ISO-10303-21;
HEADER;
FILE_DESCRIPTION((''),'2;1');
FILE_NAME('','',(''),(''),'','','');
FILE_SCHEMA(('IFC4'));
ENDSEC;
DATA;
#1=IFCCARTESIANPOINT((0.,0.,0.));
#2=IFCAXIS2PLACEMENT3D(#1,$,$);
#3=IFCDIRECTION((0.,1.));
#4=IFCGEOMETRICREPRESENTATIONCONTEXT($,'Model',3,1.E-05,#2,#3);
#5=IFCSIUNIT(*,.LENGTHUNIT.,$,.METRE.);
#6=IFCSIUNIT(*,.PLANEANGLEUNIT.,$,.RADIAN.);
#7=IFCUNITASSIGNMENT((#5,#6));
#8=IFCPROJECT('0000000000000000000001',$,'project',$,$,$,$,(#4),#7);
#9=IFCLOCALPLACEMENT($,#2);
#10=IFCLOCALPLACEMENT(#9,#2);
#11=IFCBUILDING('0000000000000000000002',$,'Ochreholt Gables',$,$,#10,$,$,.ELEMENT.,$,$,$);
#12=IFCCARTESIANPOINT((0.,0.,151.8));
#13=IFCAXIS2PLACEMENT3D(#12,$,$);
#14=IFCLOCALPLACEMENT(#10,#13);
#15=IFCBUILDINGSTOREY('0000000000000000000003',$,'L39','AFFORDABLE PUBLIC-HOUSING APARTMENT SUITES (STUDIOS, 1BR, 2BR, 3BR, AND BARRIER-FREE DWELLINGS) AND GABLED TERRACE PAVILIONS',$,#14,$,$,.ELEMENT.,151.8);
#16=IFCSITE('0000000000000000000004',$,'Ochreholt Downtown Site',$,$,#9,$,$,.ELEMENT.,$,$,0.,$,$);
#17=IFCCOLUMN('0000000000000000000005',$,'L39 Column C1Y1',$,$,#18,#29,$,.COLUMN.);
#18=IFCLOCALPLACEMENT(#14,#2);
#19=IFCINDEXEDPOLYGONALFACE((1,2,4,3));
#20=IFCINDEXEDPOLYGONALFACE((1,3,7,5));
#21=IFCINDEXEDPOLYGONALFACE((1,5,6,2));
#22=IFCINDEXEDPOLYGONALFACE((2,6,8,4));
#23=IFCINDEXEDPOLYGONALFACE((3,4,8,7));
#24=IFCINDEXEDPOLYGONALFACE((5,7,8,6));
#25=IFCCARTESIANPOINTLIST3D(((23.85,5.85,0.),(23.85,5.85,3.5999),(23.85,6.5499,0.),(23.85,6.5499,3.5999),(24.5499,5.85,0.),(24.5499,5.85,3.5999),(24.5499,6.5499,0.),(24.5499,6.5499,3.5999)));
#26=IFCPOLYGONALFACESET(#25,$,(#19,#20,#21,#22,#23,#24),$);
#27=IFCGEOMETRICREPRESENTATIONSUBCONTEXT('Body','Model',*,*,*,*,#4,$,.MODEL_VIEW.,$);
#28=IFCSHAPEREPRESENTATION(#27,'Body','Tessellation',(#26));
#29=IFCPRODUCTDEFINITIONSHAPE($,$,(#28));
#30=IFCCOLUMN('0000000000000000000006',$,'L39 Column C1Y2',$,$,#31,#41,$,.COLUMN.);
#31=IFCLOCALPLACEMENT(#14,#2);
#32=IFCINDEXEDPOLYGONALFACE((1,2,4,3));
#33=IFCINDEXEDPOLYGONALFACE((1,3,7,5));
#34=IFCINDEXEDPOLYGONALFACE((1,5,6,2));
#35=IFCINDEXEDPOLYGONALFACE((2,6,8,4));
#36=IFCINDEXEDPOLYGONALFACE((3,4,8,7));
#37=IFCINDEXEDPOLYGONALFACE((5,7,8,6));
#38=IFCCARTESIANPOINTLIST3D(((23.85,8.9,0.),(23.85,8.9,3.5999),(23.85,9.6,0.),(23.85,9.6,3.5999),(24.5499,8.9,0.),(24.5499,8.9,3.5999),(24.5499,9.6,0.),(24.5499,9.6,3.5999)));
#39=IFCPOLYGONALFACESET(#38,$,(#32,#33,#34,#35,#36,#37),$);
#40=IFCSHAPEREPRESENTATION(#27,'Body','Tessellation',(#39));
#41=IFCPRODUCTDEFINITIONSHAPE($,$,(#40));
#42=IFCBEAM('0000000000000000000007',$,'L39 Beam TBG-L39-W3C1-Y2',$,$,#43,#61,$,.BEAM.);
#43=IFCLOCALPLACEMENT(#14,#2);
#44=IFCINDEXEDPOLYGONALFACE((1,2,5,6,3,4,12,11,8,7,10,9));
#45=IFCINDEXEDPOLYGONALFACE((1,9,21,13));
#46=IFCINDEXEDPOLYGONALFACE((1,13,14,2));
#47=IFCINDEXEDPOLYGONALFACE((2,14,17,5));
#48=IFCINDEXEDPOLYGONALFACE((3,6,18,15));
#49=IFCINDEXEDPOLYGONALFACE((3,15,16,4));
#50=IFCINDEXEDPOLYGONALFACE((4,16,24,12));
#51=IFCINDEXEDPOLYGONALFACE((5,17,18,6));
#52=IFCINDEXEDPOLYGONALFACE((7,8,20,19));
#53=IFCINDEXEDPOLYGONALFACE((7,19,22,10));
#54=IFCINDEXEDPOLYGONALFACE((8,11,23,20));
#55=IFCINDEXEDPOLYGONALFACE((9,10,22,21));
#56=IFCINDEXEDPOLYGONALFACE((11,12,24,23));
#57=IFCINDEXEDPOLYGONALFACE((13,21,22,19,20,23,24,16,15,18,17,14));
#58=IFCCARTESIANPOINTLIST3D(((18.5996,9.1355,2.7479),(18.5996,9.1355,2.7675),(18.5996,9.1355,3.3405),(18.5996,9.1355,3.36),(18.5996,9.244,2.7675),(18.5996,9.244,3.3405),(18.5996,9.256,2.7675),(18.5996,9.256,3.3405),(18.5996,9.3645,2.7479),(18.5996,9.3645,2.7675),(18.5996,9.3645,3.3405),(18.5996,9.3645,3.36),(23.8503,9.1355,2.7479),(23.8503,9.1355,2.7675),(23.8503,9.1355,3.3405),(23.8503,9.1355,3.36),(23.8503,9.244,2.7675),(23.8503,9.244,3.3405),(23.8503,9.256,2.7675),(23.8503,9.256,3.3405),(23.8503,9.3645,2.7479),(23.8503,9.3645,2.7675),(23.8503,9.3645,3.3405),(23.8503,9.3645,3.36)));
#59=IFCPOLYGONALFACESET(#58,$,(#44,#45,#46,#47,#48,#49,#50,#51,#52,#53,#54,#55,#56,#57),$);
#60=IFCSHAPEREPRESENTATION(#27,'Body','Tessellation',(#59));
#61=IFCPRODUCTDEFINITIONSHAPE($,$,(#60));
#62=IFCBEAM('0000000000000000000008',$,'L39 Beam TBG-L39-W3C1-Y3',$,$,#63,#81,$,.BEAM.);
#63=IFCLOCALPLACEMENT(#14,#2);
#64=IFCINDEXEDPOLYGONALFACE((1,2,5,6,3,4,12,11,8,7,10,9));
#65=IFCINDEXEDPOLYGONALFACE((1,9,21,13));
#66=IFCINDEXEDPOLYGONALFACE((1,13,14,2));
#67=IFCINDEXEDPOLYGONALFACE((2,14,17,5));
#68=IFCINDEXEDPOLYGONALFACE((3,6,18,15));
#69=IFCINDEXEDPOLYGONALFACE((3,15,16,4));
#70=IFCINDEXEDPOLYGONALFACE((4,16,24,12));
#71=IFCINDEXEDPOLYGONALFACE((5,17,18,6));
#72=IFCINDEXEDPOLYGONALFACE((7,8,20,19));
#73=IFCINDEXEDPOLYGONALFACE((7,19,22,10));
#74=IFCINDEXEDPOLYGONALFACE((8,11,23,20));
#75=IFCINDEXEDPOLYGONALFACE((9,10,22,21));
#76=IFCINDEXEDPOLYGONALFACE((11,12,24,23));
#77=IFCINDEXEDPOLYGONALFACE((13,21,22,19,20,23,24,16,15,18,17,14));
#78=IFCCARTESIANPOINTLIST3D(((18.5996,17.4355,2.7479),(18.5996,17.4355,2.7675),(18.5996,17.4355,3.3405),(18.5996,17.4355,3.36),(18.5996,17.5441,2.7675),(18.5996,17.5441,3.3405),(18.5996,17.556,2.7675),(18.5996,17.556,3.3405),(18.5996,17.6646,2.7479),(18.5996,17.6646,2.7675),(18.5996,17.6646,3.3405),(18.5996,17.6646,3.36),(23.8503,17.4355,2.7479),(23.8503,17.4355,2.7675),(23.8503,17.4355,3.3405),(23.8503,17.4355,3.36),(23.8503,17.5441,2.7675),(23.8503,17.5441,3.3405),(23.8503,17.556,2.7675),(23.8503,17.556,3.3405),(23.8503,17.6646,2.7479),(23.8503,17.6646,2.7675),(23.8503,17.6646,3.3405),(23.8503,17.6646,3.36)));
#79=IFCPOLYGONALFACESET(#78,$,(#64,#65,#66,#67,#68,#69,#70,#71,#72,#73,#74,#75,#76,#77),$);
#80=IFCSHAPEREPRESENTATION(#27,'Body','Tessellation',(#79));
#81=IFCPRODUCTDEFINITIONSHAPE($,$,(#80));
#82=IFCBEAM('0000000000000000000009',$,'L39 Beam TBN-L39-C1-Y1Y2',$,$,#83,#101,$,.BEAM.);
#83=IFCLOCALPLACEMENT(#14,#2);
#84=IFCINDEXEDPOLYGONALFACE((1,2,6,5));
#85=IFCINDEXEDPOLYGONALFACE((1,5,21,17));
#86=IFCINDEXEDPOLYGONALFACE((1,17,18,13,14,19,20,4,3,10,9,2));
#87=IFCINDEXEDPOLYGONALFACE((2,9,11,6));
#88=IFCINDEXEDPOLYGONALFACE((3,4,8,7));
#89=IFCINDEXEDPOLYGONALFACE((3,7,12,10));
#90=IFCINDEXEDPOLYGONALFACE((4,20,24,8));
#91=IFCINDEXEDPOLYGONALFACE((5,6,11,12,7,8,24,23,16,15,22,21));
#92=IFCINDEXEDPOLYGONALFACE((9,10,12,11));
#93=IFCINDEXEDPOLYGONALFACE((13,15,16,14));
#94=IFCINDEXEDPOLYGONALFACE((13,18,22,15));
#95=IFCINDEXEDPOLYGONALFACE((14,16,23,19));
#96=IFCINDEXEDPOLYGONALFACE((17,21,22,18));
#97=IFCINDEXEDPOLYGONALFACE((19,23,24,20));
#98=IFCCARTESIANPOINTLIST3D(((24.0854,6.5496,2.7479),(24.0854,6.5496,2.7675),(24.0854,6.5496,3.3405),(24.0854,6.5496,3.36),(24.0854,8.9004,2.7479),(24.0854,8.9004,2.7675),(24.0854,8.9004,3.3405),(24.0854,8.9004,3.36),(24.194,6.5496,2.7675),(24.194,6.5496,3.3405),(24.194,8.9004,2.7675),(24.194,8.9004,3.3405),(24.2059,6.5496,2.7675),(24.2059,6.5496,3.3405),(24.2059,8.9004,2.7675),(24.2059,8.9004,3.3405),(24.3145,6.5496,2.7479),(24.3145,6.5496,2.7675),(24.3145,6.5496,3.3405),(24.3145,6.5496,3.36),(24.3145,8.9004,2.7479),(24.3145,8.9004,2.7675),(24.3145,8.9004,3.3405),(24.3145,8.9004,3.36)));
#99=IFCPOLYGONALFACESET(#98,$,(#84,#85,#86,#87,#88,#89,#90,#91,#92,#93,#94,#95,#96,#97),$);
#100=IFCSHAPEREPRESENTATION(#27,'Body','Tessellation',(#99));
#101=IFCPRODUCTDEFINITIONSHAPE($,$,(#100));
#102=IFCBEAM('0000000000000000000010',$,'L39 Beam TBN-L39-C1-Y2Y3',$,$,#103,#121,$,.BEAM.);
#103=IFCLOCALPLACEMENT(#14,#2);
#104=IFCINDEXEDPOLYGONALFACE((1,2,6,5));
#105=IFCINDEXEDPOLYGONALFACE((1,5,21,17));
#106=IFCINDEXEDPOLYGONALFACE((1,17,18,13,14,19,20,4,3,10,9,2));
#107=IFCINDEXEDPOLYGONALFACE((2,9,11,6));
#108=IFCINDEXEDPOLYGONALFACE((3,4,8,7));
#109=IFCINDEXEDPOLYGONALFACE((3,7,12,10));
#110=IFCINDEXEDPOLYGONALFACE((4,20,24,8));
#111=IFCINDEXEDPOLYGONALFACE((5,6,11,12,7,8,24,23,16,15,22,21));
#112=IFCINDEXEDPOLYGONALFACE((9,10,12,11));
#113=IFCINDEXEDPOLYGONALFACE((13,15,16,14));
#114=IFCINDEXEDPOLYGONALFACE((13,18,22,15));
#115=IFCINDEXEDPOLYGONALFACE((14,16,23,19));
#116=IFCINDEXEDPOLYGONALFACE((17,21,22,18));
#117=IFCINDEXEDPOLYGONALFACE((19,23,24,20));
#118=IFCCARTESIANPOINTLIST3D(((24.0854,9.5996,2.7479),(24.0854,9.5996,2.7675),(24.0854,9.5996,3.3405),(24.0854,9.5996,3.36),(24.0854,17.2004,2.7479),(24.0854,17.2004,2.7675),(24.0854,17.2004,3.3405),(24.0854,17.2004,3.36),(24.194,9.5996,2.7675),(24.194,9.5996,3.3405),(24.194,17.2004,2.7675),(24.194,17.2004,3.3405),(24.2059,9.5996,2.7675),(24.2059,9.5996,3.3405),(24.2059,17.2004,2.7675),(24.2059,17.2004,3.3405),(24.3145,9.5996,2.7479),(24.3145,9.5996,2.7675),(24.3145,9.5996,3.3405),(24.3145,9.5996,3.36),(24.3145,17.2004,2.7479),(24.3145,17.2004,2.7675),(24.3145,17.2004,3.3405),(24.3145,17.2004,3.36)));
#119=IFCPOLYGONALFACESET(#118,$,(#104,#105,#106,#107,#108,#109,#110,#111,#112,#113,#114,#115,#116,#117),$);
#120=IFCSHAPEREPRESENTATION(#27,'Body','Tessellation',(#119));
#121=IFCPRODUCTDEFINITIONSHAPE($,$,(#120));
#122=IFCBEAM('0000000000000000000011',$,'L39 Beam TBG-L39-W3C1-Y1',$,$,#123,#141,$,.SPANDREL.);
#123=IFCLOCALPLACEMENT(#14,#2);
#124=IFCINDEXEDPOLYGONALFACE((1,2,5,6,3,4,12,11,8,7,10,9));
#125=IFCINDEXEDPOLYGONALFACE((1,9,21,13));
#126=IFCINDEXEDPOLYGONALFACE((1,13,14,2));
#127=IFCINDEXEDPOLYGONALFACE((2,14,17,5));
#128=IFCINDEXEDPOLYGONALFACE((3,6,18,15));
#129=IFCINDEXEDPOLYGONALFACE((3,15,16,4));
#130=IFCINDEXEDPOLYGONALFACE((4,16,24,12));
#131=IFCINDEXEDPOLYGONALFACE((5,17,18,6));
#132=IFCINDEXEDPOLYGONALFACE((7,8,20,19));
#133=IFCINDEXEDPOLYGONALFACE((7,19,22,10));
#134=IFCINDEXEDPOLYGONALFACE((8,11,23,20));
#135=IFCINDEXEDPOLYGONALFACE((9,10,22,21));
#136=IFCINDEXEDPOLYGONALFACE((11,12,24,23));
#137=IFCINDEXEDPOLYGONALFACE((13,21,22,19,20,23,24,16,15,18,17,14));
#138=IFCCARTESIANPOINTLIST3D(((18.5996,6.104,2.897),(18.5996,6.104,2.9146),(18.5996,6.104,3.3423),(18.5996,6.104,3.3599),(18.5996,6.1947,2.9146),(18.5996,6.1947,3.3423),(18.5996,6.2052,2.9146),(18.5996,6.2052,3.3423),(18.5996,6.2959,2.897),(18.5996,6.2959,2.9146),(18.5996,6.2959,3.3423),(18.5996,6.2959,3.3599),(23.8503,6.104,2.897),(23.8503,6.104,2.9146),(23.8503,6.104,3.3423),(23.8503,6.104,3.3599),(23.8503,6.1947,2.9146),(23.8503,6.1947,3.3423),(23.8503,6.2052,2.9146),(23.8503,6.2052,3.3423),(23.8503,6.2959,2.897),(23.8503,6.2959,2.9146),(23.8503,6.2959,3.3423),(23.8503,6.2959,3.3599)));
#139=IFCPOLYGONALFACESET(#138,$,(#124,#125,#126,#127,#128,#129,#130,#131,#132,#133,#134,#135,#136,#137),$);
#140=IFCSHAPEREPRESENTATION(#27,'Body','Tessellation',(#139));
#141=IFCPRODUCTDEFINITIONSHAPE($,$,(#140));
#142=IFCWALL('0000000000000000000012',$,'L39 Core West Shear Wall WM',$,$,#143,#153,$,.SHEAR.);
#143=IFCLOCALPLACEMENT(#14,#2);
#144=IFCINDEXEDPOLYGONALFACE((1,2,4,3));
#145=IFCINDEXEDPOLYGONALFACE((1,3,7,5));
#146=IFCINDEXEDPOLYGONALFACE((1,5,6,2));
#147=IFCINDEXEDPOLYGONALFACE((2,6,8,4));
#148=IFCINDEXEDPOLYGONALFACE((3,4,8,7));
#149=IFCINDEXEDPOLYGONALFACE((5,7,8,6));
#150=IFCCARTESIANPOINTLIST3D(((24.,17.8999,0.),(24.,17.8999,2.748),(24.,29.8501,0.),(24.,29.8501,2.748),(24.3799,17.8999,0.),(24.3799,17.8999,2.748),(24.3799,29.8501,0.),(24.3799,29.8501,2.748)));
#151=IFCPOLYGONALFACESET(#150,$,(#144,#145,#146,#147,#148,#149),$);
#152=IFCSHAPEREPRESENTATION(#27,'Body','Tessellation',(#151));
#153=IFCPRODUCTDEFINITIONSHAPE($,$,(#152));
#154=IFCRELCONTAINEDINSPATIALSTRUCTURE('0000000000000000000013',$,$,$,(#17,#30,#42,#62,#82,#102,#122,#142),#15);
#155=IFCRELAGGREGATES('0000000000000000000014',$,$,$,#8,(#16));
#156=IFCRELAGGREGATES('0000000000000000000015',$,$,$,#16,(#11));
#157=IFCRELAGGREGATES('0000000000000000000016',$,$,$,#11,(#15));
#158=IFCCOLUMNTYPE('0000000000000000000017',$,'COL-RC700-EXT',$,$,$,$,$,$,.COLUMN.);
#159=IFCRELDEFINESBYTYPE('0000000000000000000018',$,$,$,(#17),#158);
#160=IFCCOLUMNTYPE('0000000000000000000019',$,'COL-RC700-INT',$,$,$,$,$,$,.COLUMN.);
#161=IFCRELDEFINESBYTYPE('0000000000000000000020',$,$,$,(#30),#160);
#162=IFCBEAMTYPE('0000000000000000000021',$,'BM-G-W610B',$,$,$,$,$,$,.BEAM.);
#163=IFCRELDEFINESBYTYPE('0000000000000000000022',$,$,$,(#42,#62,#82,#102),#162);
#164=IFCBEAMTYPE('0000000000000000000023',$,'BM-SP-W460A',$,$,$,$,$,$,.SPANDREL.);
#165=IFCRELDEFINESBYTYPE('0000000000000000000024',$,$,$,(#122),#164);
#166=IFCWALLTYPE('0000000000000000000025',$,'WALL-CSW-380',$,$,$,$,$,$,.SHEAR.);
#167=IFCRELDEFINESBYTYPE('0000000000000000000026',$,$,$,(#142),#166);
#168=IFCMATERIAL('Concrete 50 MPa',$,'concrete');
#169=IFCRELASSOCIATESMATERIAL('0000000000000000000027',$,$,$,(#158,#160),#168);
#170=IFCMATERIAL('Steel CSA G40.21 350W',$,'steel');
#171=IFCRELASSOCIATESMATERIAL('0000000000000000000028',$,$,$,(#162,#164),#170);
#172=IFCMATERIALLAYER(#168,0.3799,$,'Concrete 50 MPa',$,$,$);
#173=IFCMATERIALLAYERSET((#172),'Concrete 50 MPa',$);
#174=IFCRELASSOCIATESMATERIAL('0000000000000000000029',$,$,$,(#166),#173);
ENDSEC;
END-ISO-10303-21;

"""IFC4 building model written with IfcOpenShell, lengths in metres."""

from ifc_helpers import new_model, si_unit, direction, frame, frame_2d, origin, origin_2d, place, context, subcontext, project, spatial, rectangle, i_section, extrude, material, layer, layer_set, material_profile, profile_set, type_object, element, save


model = new_model("IFC4")

# Units and contexts
model_context = context("Model", 3, precision=1e-05, world=origin(), true_north=direction((0.0, 1.0)))
body_context = subcontext(model_context, "Body", "Model", "MODEL_VIEW")
ifc_project = project(units=[si_unit("LENGTHUNIT", "METRE"), si_unit("PLANEANGLEUNIT", "RADIAN")], contexts=[model_context])

# Site, building, storey
site_placement = place(None, origin())
site = spatial("IfcSite", under=ifc_project, at=site_placement, Name="Ochreholt Downtown Site", CompositionType="ELEMENT", RefElevation=0.0)
building_placement = place(site_placement, origin())
building = spatial("IfcBuilding", under=site, at=building_placement, Name="Ochreholt Gables", CompositionType="ELEMENT")
storey_placement = place(building_placement, frame((0.0, 0.0, 151.8)))
storey = spatial("IfcBuildingStorey", under=building, at=storey_placement, Name="L39", Description="AFFORDABLE PUBLIC-HOUSING APARTMENT SUITES (STUDIOS, 1BR, 2BR, 3BR, AND BARRIER-FREE DWELLINGS) AND GABLED TERRACE PAVILIONS", CompositionType="ELEMENT", Elevation=151.8)

# Columns
ifc_material_1 = material(Name="Concrete 50 MPa", Category="concrete")
ifc_material_profile_1 = material_profile(ifc_material_1, rectangle(XDim=0.7, YDim=0.7, at=origin_2d()), Name="RC700X700")
ifc_profile_set_1 = profile_set([ifc_material_profile_1], Name="Concrete 50 MPa")
column_type_1 = type_object("IfcColumnType", Name="COL-RC700-EXT", PredefinedType="COLUMN", material=ifc_profile_set_1)
column_1_placement = place(storey_placement, frame((24.2, 6.2, 0.0), z_axis=(0.0, 0.0, 1.0), x_axis=(1.0, 0.0, 0.0)))
element("IfcColumn", 1, at=column_1_placement, inside=storey, type_object=column_type_1, Name="L39 Column C1Y1", PredefinedType="COLUMN", context=body_context, shape_type="SweptSolid", body=[
    extrude(rectangle(XDim=0.7, YDim=0.7, at=origin_2d()), origin(), (0.0, 0.0, 1.0), 3.5999),
])
ifc_material_profile_2 = material_profile(ifc_material_1, rectangle(XDim=0.7, YDim=0.7, at=origin_2d()), Name="RC700X700")
ifc_profile_set_2 = profile_set([ifc_material_profile_2], Name="Concrete 50 MPa")
column_type_2 = type_object("IfcColumnType", Name="COL-RC700-INT", PredefinedType="COLUMN", material=ifc_profile_set_2)
column_2_placement = place(storey_placement, frame((24.2, 9.25, 0.0), z_axis=(0.0, 0.0, 1.0), x_axis=(1.0, 0.0, 0.0)))
element("IfcColumn", 2, at=column_2_placement, inside=storey, type_object=column_type_2, Name="L39 Column C1Y2", PredefinedType="COLUMN", context=body_context, shape_type="SweptSolid", body=[
    extrude(rectangle(XDim=0.7, YDim=0.7, at=origin_2d()), origin(), (0.0, 0.0, 1.0), 3.5999),
])

# Beams
ifc_material_2 = material(Name="Steel CSA G40.21 350W", Category="steel")
ifc_material_profile_3 = material_profile(ifc_material_2, i_section(OverallWidth=0.229, OverallDepth=0.6121, WebThickness=0.012, FlangeThickness=0.0195, at=origin_2d()), Name="W610X125")
ifc_profile_set_3 = profile_set([ifc_material_profile_3], Name="Steel CSA G40.21 350W")
beam_type_1 = type_object("IfcBeamType", Name="BM-G-W610B", PredefinedType="BEAM", material=ifc_profile_set_3)
for number, where, z_axis, x_axis, name in (
    (3, (18.5996, 9.25, 3.054), (1.0, 0.0, 0.0), (0.0, 1.0, 0.0), "L39 Beam TBG-L39-W3C1-Y2"),
    (4, (18.5996, 17.55, 3.054), (1.0, 0.0, 0.0), (0.0, 1.0, 0.0), "L39 Beam TBG-L39-W3C1-Y3"),
):
    element("IfcBeam", number, at=place(storey_placement, frame(where, z_axis=z_axis, x_axis=x_axis)), inside=storey, type_object=beam_type_1, Name=name, PredefinedType="BEAM", context=body_context, shape_type="SweptSolid", body=[
        extrude(i_section(OverallWidth=0.229, OverallDepth=0.6121, WebThickness=0.012, FlangeThickness=0.0195, at=origin_2d()), origin(), (0.0, 0.0, 1.0), 5.2507),
    ])
beam_1_placement = place(storey_placement, frame((24.2, 6.5496, 3.054), z_axis=(0.0, 1.0, 0.0), x_axis=(-1.0, 0.0, 0.0)))
element("IfcBeam", 5, at=beam_1_placement, inside=storey, type_object=beam_type_1, Name="L39 Beam TBN-L39-C1-Y1Y2", PredefinedType="BEAM", context=body_context, shape_type="SweptSolid", body=[
    extrude(i_section(OverallWidth=0.229, OverallDepth=0.6121, WebThickness=0.012, FlangeThickness=0.0195, at=origin_2d()), origin(), (0.0, 0.0, 1.0), 2.3508),
])
beam_2_placement = place(storey_placement, frame((24.2, 9.5996, 3.054), z_axis=(0.0, 1.0, 0.0), x_axis=(-1.0, 0.0, 0.0)))
element("IfcBeam", 6, at=beam_2_placement, inside=storey, type_object=beam_type_1, Name="L39 Beam TBN-L39-C1-Y2Y3", PredefinedType="BEAM", context=body_context, shape_type="SweptSolid", body=[
    extrude(i_section(OverallWidth=0.229, OverallDepth=0.6121, WebThickness=0.012, FlangeThickness=0.0195, at=origin_2d()), origin(), (0.0, 0.0, 1.0), 7.6008),
])
ifc_material_profile_4 = material_profile(ifc_material_2, i_section(OverallWidth=0.1919, OverallDepth=0.4629, WebThickness=0.0105, FlangeThickness=0.0176, at=origin_2d()), Name="W460X89")
ifc_profile_set_4 = profile_set([ifc_material_profile_4], Name="Steel CSA G40.21 350W")
beam_type_2 = type_object("IfcBeamType", Name="BM-SP-W460A", PredefinedType="SPANDREL", material=ifc_profile_set_4)
beam_3_placement = place(storey_placement, frame((18.5996, 6.2, 3.1284), z_axis=(1.0, 0.0, 0.0), x_axis=(0.0, 1.0, 0.0)))
element("IfcBeam", 7, at=beam_3_placement, inside=storey, type_object=beam_type_2, Name="L39 Beam TBG-L39-W3C1-Y1", PredefinedType="SPANDREL", context=body_context, shape_type="SweptSolid", body=[
    extrude(i_section(OverallWidth=0.1919, OverallDepth=0.4629, WebThickness=0.0105, FlangeThickness=0.0176, at=origin_2d()), origin(), (0.0, 0.0, 1.0), 5.2507),
])

# Wall
ifc_layer_1 = layer(ifc_material_1, 0.3799, Name="Concrete 50 MPa")
ifc_layer_set_1 = layer_set([ifc_layer_1], Name="Concrete 50 MPa")
wall_type_1 = type_object("IfcWallType", Name="WALL-CSW-380", PredefinedType="SHEAR", material=ifc_layer_set_1)
wall_1_placement = place(storey_placement, frame((24.1899, 17.8999, 0.0), z_axis=(0.0, 0.0, 1.0), x_axis=(0.0, 1.0, 0.0)))
element("IfcWall", 8, at=wall_1_placement, inside=storey, type_object=wall_type_1, Name="L39 Core West Shear Wall WM", PredefinedType="SHEAR", context=body_context, shape_type="SweptSolid", body=[
    extrude(rectangle(XDim=11.9502, YDim=0.3799, at=frame_2d((5.9751, 0.0))), origin(), (0.0, 0.0, 1.0), 2.748),
])

save(model, "model.ifc")
